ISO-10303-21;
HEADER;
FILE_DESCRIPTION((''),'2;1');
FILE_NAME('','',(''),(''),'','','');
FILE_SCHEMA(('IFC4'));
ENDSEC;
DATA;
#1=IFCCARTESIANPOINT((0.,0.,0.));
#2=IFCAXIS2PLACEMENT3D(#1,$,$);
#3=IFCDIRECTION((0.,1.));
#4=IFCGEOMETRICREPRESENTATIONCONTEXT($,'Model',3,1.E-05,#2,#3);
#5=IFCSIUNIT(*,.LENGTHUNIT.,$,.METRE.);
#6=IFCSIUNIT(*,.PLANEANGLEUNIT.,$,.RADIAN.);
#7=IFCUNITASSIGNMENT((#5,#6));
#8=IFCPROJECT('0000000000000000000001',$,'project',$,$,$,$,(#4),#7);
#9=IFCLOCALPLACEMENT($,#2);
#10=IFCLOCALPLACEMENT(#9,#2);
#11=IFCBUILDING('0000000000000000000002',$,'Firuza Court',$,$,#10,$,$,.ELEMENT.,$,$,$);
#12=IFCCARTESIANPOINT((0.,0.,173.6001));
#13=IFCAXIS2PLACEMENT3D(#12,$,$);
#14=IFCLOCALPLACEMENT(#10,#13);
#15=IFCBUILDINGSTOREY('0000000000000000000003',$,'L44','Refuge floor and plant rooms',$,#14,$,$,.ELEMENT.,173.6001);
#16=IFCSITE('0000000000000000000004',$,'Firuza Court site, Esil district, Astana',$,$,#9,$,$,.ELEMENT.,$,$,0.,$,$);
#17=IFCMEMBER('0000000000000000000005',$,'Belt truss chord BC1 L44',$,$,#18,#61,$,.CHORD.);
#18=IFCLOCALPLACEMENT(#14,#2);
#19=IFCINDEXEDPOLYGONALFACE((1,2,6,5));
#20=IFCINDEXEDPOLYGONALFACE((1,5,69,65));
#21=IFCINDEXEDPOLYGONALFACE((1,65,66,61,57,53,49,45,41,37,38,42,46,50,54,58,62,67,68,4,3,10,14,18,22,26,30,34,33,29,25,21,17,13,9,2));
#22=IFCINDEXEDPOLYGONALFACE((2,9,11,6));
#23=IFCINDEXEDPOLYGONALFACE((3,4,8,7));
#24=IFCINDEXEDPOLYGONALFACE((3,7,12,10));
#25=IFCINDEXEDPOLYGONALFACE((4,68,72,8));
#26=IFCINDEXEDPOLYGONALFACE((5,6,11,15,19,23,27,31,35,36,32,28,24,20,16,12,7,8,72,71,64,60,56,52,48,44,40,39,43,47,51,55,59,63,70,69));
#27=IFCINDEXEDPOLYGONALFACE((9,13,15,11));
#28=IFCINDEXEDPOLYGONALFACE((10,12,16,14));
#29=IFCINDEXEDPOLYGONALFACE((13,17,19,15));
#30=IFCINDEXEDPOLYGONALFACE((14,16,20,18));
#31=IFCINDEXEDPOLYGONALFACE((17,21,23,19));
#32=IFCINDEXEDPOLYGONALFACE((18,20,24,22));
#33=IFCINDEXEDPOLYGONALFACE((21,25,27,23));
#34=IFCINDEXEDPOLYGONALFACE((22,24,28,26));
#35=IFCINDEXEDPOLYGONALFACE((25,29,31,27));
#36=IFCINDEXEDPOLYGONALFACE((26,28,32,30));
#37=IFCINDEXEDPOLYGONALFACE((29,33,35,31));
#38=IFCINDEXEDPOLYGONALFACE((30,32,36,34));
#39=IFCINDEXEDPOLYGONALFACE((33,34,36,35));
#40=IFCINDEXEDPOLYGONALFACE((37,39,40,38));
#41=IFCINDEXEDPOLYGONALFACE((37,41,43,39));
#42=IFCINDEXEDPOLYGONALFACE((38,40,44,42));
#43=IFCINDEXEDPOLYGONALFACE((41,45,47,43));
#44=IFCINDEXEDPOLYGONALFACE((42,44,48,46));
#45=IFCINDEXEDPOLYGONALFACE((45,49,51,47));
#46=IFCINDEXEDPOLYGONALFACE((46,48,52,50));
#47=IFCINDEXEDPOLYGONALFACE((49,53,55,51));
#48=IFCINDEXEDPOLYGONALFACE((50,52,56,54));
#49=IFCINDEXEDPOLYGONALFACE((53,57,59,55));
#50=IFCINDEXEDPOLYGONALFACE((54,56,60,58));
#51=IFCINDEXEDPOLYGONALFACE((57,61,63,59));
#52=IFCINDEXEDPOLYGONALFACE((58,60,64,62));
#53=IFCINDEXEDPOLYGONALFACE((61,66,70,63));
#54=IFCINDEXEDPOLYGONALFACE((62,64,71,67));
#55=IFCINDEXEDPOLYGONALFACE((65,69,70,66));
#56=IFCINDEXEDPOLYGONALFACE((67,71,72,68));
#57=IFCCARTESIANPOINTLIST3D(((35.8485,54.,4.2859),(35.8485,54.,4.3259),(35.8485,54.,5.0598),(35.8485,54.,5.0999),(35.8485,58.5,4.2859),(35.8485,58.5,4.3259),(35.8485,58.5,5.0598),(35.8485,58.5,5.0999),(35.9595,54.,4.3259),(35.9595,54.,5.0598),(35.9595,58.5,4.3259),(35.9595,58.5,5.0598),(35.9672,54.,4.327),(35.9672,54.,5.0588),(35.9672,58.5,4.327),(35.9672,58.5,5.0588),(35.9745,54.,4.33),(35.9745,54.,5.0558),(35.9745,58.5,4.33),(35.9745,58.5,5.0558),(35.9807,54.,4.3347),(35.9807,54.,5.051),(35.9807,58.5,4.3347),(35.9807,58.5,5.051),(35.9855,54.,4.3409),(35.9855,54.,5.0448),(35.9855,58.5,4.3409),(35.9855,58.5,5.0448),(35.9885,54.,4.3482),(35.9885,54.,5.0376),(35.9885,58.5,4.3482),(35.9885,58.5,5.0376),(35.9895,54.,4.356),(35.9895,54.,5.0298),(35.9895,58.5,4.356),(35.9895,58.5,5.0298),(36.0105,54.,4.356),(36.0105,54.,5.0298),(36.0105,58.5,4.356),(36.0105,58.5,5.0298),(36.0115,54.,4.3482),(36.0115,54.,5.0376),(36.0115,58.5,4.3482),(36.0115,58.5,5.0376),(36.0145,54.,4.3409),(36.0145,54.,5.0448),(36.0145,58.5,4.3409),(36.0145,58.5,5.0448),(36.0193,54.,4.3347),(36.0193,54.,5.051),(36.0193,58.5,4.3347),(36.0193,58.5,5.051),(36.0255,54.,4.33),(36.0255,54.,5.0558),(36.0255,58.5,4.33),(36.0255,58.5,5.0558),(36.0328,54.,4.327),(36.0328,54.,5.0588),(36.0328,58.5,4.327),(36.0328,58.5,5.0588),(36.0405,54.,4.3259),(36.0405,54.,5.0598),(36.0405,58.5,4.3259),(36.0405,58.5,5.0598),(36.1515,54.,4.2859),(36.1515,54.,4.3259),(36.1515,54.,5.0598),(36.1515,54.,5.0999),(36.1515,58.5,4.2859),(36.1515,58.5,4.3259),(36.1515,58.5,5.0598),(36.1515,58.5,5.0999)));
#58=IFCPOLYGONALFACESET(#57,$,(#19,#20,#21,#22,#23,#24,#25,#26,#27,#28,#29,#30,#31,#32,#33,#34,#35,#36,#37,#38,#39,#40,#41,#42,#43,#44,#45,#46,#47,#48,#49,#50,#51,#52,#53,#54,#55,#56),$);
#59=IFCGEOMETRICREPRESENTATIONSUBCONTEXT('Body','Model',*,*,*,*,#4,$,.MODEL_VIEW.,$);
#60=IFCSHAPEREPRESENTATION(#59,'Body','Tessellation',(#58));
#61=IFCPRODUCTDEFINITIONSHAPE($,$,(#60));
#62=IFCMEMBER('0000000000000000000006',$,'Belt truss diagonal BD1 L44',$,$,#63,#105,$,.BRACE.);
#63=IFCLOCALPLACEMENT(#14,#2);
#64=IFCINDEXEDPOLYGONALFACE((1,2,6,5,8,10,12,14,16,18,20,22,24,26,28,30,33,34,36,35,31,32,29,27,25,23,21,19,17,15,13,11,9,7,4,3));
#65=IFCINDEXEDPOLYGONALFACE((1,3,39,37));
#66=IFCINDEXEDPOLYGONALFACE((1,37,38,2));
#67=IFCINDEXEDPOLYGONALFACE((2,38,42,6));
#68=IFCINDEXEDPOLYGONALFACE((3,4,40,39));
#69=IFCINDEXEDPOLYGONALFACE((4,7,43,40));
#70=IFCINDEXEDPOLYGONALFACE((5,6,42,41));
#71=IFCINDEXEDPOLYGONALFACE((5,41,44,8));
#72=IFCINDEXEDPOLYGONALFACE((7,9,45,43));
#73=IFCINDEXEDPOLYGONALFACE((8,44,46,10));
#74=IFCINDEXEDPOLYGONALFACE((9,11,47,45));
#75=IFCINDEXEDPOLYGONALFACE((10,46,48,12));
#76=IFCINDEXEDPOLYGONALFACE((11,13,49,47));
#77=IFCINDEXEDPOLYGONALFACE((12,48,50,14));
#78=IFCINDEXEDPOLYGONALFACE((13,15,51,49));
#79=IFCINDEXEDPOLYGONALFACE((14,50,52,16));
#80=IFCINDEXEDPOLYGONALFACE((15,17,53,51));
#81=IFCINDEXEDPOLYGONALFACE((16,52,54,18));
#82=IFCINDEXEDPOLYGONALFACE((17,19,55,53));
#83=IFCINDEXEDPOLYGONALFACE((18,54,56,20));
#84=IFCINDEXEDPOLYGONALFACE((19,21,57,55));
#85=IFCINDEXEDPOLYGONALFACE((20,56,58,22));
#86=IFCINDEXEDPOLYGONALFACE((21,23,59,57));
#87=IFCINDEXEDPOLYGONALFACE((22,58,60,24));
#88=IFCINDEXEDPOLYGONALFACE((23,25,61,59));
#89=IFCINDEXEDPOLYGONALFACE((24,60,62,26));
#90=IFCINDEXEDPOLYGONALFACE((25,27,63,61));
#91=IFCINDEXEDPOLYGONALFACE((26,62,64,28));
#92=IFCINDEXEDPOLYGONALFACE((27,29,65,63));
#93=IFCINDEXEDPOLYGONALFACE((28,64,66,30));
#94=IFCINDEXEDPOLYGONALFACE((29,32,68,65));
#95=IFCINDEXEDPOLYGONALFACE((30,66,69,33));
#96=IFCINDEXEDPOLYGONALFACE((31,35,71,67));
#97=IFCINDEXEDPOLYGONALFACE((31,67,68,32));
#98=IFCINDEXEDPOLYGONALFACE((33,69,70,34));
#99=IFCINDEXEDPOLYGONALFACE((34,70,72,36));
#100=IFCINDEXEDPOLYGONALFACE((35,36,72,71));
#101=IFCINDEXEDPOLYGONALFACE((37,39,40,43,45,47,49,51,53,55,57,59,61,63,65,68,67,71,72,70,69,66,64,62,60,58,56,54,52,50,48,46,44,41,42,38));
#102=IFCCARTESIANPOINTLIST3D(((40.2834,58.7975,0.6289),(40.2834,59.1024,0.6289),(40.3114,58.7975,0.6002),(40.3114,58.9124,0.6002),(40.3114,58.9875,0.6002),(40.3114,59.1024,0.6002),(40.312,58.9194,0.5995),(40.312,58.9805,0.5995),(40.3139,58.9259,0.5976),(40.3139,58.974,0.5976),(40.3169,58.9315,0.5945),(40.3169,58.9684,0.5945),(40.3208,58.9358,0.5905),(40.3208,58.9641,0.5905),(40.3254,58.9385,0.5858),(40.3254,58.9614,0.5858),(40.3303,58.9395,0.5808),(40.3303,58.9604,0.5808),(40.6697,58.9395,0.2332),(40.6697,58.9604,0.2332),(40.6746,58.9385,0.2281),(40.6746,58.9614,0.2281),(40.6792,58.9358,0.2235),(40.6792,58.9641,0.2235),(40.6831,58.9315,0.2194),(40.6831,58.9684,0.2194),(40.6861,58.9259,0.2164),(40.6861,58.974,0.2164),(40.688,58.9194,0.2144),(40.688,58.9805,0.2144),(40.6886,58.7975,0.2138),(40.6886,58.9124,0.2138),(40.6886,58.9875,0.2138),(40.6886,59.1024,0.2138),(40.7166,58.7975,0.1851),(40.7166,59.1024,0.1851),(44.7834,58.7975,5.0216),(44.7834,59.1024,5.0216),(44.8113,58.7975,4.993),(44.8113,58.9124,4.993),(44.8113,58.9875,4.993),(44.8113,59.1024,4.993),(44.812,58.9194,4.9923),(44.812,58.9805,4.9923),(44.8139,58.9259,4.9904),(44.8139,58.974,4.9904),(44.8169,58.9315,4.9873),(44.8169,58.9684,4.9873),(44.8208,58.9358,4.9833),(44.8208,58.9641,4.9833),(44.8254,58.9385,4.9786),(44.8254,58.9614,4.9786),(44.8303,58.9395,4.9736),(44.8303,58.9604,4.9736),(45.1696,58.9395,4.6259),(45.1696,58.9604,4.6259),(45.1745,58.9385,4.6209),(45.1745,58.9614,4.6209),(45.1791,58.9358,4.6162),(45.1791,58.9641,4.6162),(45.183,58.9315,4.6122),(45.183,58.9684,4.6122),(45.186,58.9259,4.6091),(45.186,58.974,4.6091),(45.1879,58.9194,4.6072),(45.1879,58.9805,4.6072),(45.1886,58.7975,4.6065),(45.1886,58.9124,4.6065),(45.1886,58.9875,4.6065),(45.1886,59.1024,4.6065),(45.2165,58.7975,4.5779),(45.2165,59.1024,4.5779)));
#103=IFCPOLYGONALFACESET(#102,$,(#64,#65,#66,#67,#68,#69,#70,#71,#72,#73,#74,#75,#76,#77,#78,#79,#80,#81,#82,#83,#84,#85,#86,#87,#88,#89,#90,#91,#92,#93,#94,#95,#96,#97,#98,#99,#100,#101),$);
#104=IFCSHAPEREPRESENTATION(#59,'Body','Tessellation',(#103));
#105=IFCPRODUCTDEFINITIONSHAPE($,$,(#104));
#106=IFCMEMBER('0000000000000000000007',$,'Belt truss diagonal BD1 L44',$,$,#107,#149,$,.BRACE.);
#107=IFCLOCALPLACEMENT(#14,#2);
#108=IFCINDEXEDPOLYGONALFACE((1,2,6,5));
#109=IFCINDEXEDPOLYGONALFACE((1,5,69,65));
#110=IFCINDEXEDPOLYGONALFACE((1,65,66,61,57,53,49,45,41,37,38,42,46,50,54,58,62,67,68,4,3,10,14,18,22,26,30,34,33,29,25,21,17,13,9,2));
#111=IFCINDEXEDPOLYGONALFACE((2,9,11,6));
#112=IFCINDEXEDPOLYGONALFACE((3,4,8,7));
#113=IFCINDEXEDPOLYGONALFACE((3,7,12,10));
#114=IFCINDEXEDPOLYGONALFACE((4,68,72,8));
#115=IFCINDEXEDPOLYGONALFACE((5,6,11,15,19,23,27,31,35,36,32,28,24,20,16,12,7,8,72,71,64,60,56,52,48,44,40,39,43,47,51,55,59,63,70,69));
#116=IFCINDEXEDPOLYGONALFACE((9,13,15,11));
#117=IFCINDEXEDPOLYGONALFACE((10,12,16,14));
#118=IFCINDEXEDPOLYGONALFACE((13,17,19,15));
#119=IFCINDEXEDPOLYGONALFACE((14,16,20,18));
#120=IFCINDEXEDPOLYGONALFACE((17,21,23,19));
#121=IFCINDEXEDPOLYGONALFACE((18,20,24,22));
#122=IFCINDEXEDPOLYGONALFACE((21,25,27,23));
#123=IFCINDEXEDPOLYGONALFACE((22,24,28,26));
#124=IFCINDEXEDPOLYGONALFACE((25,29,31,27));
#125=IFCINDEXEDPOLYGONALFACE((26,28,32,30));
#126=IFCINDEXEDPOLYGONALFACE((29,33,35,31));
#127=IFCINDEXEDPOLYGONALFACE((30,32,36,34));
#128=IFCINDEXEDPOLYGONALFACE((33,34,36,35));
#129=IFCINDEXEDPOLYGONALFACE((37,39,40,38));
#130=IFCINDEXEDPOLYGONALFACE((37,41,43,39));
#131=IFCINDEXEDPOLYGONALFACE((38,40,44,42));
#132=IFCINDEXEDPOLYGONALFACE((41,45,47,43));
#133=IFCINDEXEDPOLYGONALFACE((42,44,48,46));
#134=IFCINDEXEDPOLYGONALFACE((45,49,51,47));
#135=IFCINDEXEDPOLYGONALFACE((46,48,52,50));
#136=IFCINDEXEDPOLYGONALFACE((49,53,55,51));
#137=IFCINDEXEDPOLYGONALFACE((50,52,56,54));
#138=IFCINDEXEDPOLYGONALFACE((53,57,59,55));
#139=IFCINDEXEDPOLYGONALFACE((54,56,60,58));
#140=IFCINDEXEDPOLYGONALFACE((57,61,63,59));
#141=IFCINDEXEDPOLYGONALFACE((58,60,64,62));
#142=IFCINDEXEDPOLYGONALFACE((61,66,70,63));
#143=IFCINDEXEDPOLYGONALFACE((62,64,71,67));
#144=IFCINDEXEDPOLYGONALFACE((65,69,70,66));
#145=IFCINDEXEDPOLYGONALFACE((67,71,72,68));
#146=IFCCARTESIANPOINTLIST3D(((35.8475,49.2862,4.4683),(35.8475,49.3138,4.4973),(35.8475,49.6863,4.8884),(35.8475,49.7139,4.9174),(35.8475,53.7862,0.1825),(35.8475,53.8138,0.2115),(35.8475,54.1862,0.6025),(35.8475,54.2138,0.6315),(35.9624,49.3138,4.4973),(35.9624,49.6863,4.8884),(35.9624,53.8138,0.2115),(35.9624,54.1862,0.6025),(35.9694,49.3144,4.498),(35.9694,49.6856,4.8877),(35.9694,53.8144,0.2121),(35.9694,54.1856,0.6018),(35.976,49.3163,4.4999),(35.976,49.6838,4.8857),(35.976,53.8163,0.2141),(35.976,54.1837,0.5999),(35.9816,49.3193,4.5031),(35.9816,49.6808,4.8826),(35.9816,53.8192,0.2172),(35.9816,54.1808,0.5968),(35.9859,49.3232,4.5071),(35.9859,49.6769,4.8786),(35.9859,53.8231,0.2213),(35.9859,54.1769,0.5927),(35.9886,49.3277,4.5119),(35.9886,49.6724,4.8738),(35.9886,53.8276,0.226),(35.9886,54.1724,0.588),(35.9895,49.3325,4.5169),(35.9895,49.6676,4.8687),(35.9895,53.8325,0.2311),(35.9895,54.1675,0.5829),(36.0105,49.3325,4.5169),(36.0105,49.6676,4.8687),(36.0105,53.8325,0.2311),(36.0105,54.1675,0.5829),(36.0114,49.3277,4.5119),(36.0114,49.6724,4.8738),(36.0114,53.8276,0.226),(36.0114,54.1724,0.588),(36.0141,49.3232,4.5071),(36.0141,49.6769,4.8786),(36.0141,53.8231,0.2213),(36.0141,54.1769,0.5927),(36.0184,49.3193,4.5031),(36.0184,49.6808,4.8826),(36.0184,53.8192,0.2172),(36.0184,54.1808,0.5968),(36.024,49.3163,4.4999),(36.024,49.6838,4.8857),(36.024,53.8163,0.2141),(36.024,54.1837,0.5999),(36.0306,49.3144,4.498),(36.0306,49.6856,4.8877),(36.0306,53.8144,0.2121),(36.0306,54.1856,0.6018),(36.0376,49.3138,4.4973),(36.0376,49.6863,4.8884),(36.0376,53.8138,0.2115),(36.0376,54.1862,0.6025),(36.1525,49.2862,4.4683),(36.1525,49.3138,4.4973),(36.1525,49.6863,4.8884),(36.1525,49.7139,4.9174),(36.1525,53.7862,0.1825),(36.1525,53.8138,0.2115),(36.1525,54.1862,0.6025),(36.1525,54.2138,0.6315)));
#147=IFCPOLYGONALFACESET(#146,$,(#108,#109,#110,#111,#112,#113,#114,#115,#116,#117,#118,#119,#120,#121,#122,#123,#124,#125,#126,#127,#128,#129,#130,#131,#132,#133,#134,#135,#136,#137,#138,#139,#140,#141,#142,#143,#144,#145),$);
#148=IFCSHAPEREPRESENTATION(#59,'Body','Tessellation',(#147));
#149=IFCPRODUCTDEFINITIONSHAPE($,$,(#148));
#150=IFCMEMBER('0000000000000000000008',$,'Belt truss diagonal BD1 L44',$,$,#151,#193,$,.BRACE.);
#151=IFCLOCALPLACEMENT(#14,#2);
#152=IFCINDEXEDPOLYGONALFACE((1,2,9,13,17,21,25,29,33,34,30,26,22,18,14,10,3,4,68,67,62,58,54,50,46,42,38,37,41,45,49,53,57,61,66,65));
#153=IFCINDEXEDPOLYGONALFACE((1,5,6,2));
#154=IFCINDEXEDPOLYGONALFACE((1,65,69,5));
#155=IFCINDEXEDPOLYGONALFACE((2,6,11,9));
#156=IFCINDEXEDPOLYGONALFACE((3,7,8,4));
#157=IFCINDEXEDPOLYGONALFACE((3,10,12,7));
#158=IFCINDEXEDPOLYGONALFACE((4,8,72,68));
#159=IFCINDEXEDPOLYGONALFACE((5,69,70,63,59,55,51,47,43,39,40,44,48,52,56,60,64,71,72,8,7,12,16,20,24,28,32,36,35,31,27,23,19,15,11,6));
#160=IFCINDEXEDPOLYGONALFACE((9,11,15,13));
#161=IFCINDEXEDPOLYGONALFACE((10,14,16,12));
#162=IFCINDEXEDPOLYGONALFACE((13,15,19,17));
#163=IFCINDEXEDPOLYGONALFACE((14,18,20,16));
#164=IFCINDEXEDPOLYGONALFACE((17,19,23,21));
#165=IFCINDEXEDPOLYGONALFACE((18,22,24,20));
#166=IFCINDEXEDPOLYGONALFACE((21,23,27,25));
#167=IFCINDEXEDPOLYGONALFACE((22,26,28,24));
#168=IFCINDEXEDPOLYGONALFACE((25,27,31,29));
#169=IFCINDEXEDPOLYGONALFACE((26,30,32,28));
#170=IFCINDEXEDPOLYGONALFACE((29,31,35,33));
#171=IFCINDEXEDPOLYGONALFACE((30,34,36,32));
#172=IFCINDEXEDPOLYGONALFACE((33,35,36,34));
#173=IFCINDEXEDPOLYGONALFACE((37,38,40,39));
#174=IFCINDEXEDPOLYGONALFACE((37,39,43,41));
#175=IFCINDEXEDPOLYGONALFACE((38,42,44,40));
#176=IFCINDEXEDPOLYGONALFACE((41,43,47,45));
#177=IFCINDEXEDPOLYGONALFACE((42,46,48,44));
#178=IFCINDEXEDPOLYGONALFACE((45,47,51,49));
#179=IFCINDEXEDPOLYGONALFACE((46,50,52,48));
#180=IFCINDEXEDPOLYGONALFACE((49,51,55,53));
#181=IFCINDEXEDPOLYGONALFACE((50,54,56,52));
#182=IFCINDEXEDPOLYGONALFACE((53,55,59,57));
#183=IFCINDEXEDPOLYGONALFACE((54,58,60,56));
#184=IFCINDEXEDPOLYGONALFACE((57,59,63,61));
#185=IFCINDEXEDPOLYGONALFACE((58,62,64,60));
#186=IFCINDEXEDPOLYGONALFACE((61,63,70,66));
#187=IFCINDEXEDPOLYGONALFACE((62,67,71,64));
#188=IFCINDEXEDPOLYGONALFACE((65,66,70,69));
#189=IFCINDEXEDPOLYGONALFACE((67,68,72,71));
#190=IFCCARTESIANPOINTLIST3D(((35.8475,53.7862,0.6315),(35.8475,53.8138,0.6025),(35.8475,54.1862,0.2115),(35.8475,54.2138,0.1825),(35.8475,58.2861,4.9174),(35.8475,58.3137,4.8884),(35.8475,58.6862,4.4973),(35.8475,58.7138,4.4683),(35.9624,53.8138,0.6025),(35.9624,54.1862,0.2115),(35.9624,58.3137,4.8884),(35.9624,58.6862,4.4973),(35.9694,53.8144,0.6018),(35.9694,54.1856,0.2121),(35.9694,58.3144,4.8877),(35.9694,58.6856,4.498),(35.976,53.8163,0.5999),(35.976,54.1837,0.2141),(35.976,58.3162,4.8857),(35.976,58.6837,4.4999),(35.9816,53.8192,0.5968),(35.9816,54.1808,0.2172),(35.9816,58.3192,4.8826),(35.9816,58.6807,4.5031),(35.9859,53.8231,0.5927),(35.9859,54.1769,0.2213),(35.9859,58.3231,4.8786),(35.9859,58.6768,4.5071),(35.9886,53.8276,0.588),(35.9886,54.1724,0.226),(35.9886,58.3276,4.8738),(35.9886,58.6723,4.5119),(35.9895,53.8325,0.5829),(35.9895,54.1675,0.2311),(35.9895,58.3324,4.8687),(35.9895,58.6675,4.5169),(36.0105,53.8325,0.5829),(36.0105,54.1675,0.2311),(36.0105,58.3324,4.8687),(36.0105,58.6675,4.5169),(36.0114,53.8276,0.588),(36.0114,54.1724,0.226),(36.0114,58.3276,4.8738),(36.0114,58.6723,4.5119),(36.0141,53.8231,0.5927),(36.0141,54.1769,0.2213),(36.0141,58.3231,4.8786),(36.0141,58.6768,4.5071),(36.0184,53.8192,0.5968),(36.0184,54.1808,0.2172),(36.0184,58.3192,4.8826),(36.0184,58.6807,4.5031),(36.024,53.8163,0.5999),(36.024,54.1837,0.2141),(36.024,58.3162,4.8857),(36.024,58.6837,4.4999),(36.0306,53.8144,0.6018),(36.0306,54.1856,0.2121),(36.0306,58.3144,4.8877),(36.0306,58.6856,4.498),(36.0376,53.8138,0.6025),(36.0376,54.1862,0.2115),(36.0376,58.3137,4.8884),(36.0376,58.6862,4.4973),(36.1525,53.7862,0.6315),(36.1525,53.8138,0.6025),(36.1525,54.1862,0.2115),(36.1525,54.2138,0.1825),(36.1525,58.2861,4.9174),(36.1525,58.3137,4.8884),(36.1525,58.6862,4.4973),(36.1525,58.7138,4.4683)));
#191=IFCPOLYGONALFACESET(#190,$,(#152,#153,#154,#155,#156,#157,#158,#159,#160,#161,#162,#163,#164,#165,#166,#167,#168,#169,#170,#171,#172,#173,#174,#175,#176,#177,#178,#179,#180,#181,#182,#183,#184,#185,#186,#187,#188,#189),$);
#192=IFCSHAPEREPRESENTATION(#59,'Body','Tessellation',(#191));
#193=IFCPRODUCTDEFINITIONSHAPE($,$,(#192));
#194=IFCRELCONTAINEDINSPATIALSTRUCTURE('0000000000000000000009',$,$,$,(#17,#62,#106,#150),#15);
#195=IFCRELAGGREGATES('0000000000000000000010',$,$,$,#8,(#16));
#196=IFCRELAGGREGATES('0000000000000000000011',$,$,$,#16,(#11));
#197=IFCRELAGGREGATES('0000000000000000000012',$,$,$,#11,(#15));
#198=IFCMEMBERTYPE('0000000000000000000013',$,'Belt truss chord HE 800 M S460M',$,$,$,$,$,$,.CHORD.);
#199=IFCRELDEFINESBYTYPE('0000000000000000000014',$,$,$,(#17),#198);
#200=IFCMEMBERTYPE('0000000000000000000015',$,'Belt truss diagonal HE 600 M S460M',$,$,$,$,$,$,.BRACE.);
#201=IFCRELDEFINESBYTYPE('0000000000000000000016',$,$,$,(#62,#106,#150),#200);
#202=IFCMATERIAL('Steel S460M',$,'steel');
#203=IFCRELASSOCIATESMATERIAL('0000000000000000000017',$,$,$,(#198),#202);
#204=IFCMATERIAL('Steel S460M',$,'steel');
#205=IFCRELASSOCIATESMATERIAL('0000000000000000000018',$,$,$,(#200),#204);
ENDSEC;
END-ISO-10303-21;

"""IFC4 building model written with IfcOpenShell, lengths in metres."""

from ifc_helpers import new_model, si_unit, direction, frame, origin, origin_2d, place, context, subcontext, project, spatial, i_section, extrude, material, material_profile, profile_set, type_object, element, save


model = new_model("IFC4")

# Units and contexts
model_context = context("Model", 3, precision=1e-05, world=origin(), true_north=direction((0.0, 1.0)))
body_context = subcontext(model_context, "Body", "Model", "MODEL_VIEW")
ifc_project = project(units=[si_unit("LENGTHUNIT", "METRE"), si_unit("PLANEANGLEUNIT", "RADIAN")], contexts=[model_context])

# Site, building, storey
site_placement = place(None, origin())
site = spatial("IfcSite", under=ifc_project, at=site_placement, Name="Firuza Court site, Esil district, Astana", CompositionType="ELEMENT", RefElevation=0.0)
building_placement = place(site_placement, origin())
building = spatial("IfcBuilding", under=site, at=building_placement, Name="Firuza Court", CompositionType="ELEMENT")
storey_placement = place(building_placement, frame((0.0, 0.0, 173.6001)))
storey = spatial("IfcBuildingStorey", under=building, at=storey_placement, Name="L44", Description="Refuge floor and plant rooms", CompositionType="ELEMENT", Elevation=173.6001)

# Members
ifc_material_1 = material(Name="Steel S460M", Category="steel")
ifc_material_profile_1 = material_profile(ifc_material_1, i_section(OverallWidth=0.303, OverallDepth=0.814, WebThickness=0.021, FlangeThickness=0.04, FilletRadius=0.03, at=origin_2d()), Name="HE 800 M")
ifc_profile_set_1 = profile_set([ifc_material_profile_1], Name="Steel S460M")
member_type_1 = type_object("IfcMemberType", Name="Belt truss chord HE 800 M S460M", PredefinedType="CHORD", material=ifc_profile_set_1)
for number, where, z_axis, x_axis, name in (
    (1, (36.0, 54.0, 4.6929), (0.0, 1.0, 0.0), (-1.0, 0.0, 0.0), "Belt truss chord BC1 L44"),
):
    element("IfcMember", number, at=place(storey_placement, frame(where, z_axis=z_axis, x_axis=x_axis)), inside=storey, type_object=member_type_1, Name=name, PredefinedType="CHORD", context=body_context, shape_type="SweptSolid", body=[
        extrude(i_section(OverallWidth=0.303, OverallDepth=0.814, WebThickness=0.021, FlangeThickness=0.04, FilletRadius=0.03, at=origin_2d()), origin(), (0.0, 0.0, 1.0), 4.5),
    ])
ifc_material_2 = material(Name="Steel S460M", Category="steel")
ifc_material_profile_2 = material_profile(ifc_material_2, i_section(OverallWidth=0.3049, OverallDepth=0.6201, WebThickness=0.021, FlangeThickness=0.04, FilletRadius=0.0271, at=origin_2d()), Name="HE 600 M")
ifc_profile_set_2 = profile_set([ifc_material_profile_2], Name="Steel S460M")
member_type_2 = type_object("IfcMemberType", Name="Belt truss diagonal HE 600 M S460M", PredefinedType="BRACE", material=ifc_profile_set_2)
member_1_placement = place(storey_placement, frame((40.5, 58.95, 0.407), z_axis=(0.715577, 0.0, 0.698534), x_axis=(0.0, 1.0, 0.0)))
element("IfcMember", 2, at=member_1_placement, inside=storey, type_object=member_type_2, Name="Belt truss diagonal BD1 L44", PredefinedType="BRACE", context=body_context, shape_type="SweptSolid", body=[
    extrude(i_section(OverallWidth=0.3049, OverallDepth=0.6201, WebThickness=0.021, FlangeThickness=0.04, FilletRadius=0.0271, at=origin_2d()), origin(), (0.0, 0.0, 1.0), 6.2886),
])
for number, where, z_axis, x_axis, name in (
    (3, (36.0, 54.0, 0.407), (0.0, -0.724124, 0.68967), (1.0, 0.0, 0.0), "Belt truss diagonal BD1 L44"),
    (4, (36.0, 54.0, 0.407), (0.0, 0.724124, 0.68967), (-1.0, 0.0, 0.0), "Belt truss diagonal BD1 L44"),
):
    element("IfcMember", number, at=place(storey_placement, frame(where, z_axis=z_axis, x_axis=x_axis)), inside=storey, type_object=member_type_2, Name=name, PredefinedType="BRACE", context=body_context, shape_type="SweptSolid", body=[
        extrude(i_section(OverallWidth=0.3049, OverallDepth=0.6201, WebThickness=0.021, FlangeThickness=0.04, FilletRadius=0.0271, at=origin_2d()), origin(), (0.0, 0.0, 1.0), 6.2144),
    ])

save(model, "model.ifc")
